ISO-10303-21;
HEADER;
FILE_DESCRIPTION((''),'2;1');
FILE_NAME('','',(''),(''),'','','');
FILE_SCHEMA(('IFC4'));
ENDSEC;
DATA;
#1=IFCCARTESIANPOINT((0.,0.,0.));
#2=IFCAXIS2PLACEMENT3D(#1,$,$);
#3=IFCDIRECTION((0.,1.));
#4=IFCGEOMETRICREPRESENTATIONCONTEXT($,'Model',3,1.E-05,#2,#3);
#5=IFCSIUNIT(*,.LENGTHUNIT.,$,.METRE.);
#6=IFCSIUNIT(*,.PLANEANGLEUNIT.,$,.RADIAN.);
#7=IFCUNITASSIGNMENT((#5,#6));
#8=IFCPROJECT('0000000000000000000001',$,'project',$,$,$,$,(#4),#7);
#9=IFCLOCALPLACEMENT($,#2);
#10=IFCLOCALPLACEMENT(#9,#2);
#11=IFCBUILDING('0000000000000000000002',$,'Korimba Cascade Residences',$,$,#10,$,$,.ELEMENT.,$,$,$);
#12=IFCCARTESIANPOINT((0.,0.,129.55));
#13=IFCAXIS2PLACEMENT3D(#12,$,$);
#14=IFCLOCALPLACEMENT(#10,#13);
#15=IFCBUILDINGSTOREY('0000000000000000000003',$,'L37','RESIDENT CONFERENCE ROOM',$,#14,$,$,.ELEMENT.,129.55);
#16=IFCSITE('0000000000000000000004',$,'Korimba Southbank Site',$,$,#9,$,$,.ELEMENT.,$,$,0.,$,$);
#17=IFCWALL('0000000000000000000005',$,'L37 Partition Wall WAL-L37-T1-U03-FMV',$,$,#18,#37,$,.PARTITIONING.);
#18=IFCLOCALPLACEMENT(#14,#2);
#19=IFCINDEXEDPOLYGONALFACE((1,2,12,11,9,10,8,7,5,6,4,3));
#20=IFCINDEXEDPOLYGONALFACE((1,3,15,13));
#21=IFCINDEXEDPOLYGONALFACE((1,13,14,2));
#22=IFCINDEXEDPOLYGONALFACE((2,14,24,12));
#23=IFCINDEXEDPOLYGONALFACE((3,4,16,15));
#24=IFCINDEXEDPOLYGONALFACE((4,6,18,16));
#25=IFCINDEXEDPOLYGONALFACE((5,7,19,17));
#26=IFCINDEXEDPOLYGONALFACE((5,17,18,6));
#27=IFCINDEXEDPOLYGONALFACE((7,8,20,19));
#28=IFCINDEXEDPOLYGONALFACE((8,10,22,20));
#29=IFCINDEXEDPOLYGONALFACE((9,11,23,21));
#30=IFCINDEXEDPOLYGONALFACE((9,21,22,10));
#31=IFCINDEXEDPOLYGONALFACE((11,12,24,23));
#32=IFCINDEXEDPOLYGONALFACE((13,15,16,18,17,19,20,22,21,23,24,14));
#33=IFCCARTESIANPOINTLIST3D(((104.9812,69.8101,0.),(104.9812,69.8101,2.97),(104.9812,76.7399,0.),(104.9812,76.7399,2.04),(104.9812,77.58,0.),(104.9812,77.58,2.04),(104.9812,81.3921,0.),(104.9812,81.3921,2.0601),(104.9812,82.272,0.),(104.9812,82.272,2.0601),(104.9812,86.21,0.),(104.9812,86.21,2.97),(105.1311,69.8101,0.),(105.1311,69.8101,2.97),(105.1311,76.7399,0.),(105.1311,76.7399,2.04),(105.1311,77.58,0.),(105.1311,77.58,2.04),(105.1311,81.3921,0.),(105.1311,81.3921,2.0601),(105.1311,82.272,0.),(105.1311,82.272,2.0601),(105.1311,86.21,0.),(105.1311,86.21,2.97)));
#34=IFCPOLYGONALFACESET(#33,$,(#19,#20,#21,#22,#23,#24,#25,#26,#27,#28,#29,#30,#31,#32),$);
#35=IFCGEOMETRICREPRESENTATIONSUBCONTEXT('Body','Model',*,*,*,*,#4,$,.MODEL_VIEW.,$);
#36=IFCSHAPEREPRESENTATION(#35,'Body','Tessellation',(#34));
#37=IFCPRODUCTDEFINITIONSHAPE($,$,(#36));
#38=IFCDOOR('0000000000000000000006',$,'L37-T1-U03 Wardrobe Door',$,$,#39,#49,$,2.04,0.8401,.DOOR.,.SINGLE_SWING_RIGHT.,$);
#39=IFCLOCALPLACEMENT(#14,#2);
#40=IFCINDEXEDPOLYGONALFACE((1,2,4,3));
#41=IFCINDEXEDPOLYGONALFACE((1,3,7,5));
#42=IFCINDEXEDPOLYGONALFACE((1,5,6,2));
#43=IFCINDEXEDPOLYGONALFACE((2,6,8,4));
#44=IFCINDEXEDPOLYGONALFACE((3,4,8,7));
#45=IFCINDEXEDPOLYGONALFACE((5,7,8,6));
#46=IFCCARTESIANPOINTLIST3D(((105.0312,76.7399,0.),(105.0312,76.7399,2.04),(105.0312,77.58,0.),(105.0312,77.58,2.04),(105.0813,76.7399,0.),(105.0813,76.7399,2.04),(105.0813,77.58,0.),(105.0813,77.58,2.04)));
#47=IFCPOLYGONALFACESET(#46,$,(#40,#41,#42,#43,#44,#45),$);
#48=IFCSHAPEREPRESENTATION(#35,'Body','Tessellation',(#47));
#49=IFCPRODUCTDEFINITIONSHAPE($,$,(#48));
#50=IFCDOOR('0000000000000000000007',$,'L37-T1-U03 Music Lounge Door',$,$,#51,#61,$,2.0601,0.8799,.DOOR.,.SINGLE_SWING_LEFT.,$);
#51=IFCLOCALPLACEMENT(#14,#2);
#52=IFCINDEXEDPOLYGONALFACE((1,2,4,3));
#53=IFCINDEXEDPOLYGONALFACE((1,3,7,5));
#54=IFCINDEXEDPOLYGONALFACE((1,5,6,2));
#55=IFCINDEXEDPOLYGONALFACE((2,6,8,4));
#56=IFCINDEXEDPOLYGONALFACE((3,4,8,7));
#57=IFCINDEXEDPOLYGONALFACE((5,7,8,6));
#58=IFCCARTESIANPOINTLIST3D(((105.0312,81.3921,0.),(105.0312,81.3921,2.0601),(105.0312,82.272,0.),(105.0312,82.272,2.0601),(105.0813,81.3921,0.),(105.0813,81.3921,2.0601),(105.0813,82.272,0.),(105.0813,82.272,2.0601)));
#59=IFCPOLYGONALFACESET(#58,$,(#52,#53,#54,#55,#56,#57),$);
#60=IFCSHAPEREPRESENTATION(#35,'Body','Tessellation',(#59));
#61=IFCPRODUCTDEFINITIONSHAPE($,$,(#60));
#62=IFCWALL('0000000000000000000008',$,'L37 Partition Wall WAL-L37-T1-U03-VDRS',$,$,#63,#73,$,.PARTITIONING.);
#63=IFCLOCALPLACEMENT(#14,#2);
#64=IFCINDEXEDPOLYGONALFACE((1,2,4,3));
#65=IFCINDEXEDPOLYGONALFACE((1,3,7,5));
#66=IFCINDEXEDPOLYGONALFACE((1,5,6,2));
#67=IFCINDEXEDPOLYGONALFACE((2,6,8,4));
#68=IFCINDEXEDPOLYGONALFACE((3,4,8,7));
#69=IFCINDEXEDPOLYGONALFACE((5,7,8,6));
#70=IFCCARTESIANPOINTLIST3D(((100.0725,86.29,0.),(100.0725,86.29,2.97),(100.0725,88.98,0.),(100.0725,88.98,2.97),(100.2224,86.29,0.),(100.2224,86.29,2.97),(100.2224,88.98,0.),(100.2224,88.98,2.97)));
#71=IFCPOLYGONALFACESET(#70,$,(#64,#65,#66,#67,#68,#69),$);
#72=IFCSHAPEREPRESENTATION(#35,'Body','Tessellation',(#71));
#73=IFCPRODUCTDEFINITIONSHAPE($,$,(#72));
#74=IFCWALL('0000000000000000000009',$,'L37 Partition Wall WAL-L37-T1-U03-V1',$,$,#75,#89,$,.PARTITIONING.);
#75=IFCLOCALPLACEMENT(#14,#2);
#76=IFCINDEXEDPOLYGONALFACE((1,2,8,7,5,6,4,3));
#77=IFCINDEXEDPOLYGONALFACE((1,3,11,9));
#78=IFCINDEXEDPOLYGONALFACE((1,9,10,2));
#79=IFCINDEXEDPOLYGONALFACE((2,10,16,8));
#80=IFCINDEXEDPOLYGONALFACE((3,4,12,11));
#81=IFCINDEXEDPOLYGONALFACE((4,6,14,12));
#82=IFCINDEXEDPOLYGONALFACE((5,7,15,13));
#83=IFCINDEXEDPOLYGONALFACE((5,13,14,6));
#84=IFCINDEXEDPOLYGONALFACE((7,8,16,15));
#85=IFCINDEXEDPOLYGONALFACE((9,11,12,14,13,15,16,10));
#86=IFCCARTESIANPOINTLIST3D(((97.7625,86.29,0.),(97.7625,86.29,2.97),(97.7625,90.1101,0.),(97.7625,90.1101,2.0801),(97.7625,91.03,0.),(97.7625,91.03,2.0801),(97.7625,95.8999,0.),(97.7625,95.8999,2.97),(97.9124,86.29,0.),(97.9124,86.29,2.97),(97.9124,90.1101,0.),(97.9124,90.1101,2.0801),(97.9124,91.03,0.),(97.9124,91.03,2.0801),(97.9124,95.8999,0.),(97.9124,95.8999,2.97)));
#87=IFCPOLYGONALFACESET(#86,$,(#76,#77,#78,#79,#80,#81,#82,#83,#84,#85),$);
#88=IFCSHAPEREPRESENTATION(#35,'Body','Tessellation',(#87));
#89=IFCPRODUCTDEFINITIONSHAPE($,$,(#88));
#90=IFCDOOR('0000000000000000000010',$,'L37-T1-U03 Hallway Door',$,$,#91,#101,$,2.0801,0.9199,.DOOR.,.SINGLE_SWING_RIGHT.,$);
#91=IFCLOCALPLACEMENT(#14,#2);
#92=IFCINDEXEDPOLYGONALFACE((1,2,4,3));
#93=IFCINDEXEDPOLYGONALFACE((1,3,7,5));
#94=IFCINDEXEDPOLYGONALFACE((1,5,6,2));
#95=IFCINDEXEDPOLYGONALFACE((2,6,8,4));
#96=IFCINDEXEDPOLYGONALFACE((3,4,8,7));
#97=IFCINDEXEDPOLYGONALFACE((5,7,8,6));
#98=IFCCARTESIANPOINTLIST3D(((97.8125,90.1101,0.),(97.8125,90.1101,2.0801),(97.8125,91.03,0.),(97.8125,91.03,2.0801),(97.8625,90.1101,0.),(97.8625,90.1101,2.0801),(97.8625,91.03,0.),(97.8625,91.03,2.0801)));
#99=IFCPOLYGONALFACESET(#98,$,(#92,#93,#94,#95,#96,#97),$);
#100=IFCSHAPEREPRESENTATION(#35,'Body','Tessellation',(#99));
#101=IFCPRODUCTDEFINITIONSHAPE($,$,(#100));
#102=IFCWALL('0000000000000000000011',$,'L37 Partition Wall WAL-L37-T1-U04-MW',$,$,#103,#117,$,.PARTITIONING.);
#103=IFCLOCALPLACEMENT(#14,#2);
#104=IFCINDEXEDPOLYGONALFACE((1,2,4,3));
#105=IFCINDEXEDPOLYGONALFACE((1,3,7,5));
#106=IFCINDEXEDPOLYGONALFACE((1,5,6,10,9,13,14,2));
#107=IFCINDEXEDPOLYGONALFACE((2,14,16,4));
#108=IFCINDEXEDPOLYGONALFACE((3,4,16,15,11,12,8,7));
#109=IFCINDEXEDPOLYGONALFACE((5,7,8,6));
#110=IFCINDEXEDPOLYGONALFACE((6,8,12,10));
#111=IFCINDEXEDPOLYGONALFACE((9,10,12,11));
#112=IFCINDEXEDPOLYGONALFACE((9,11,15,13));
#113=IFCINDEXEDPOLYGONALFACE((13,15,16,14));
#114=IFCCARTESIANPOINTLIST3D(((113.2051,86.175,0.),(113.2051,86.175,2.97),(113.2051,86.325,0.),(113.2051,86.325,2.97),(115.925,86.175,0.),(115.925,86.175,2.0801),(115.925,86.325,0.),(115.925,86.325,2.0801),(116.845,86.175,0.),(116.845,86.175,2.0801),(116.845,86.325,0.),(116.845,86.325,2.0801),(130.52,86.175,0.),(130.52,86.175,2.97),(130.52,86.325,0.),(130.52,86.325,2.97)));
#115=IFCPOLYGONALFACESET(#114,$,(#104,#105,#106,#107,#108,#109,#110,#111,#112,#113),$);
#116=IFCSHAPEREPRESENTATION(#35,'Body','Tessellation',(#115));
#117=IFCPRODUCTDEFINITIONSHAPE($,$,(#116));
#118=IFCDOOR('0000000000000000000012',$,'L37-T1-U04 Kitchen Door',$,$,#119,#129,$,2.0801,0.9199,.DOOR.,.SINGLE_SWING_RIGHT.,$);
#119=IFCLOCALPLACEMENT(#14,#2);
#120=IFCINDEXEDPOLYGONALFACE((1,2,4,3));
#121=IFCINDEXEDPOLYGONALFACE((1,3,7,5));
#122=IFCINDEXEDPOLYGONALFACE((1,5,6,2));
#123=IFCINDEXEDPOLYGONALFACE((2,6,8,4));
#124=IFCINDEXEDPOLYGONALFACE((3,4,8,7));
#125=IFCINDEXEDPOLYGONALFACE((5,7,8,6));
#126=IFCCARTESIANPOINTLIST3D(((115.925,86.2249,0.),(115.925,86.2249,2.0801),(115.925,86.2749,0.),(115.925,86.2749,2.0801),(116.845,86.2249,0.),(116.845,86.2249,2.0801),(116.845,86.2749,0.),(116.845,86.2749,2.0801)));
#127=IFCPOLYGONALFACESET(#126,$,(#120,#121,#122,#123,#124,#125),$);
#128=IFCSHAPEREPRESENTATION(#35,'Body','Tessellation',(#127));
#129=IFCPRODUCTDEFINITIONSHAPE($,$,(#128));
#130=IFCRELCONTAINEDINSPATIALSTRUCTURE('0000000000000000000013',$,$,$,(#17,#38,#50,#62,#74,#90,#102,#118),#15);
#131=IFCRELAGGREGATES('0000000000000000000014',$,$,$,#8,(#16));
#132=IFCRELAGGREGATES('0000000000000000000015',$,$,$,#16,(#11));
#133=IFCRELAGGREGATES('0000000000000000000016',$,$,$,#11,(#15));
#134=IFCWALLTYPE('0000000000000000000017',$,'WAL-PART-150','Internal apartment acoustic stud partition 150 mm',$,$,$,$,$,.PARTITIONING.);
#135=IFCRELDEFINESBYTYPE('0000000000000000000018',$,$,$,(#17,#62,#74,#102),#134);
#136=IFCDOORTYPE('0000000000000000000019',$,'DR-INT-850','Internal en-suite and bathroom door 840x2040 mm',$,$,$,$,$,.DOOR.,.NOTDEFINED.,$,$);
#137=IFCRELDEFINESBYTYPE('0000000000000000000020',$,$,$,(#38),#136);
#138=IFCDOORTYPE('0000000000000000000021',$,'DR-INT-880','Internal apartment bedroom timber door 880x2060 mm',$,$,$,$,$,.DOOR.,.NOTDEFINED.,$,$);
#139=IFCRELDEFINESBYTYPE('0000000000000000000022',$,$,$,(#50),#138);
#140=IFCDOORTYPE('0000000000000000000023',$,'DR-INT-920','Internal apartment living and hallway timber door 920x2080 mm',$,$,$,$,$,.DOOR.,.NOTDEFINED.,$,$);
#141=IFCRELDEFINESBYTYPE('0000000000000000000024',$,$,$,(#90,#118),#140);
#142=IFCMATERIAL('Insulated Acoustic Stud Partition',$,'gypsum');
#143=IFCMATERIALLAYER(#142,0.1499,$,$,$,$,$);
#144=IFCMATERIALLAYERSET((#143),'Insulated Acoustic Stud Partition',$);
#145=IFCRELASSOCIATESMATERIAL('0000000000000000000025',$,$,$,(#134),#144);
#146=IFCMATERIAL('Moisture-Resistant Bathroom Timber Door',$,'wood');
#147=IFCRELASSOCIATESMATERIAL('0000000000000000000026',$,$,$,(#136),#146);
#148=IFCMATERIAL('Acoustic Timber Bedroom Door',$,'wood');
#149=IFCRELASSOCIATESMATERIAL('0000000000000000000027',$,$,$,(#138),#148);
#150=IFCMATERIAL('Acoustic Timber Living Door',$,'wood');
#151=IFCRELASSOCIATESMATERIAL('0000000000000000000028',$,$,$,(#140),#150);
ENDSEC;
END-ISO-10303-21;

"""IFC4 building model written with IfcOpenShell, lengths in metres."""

from ifc_helpers import new_model, si_unit, direction, frame, frame_2d, origin, place, context, subcontext, project, spatial, rectangle, extrude, material, layer, layer_set, type_object, element, fill, save


model = new_model("IFC4")

# Units and contexts
model_context = context("Model", 3, precision=1e-05, world=origin(), true_north=direction((0.0, 1.0)))
body_context = subcontext(model_context, "Body", "Model", "MODEL_VIEW")
ifc_project = project(units=[si_unit("LENGTHUNIT", "METRE"), si_unit("PLANEANGLEUNIT", "RADIAN")], contexts=[model_context])

# Site, building, storey
site_placement = place(None, origin())
site = spatial("IfcSite", under=ifc_project, at=site_placement, Name="Korimba Southbank Site", CompositionType="ELEMENT", RefElevation=0.0)
building_placement = place(site_placement, origin())
building = spatial("IfcBuilding", under=site, at=building_placement, Name="Korimba Cascade Residences", CompositionType="ELEMENT")
storey_placement = place(building_placement, frame((0.0, 0.0, 129.55)))
storey = spatial("IfcBuildingStorey", under=building, at=storey_placement, Name="L37", Description="RESIDENT CONFERENCE ROOM", CompositionType="ELEMENT", Elevation=129.55)

# Wall, openings, doors
ifc_material_1 = material(Name="Insulated Acoustic Stud Partition", Category="gypsum")
ifc_layer_1 = layer(ifc_material_1, 0.1499)
ifc_layer_set_1 = layer_set([ifc_layer_1], Name="Insulated Acoustic Stud Partition")
wall_type_1 = type_object("IfcWallType", Name="WAL-PART-150", Description="Internal apartment acoustic stud partition 150 mm", PredefinedType="PARTITIONING", material=ifc_layer_set_1)
wall_1_placement = place(storey_placement, frame((105.0562, 69.8101, 0.0), z_axis=(0.0, 0.0, 1.0), x_axis=(0.0, 1.0, 0.0)))
wall_1 = element("IfcWall", 1, at=wall_1_placement, inside=storey, type_object=wall_type_1, Name="L37 Partition Wall WAL-L37-T1-U03-FMV", PredefinedType="PARTITIONING", context=body_context, shape_type="SweptSolid", body=[
    extrude(rectangle(XDim=16.3999, YDim=0.1499, at=frame_2d((8.2, 0.0))), origin(), (0.0, 0.0, 1.0), 2.97),
])
opening_1_placement = place(wall_1_placement, frame((6.9299, 0.0, 0.0)))
opening_1 = element("IfcOpeningElement", 2, at=opening_1_placement, cuts=wall_1, PredefinedType="OPENING", context=body_context, shape_type="SweptSolid", body=[
    extrude(rectangle(XDim=0.8401, YDim=2.04, at=frame_2d((0.4199, 1.02))), frame((0.0, 0.085, 0.0), z_axis=(0.0, -1.0, 0.0), x_axis=(1.0, 0.0, 0.0)), (0.0, 0.0, 1.0), 0.1699),
])
opening_2_placement = place(wall_1_placement, frame((11.582, 0.0, 0.0)))
opening_2 = element("IfcOpeningElement", 3, at=opening_2_placement, cuts=wall_1, PredefinedType="OPENING", context=body_context, shape_type="SweptSolid", body=[
    extrude(rectangle(XDim=0.8799, YDim=2.0601, at=frame_2d((0.4399, 1.03))), frame((0.0, 0.085, 0.0), z_axis=(0.0, -1.0, 0.0), x_axis=(1.0, 0.0, 0.0)), (0.0, 0.0, 1.0), 0.1699),
])
ifc_material_2 = material(Name="Moisture-Resistant Bathroom Timber Door", Category="wood")
door_type_1 = type_object("IfcDoorType", Name="DR-INT-850", Description="Internal en-suite and bathroom door 840x2040 mm", OperationType="NOTDEFINED", PredefinedType="DOOR", material=ifc_material_2)
door_1_placement = place(opening_1_placement, origin())
door_1 = element("IfcDoor", 4, at=door_1_placement, inside=storey, type_object=door_type_1, Name="L37-T1-U03 Wardrobe Door", OperationType="SINGLE_SWING_RIGHT", OverallHeight=2.04, OverallWidth=0.8401, PredefinedType="DOOR", context=body_context, shape_type="SweptSolid", body=[
    extrude(rectangle(XDim=0.8401, YDim=2.04, at=frame_2d((0.4199, 1.02))), frame((0.0, 0.0249, 0.0), z_axis=(0.0, -1.0, 0.0), x_axis=(1.0, 0.0, 0.0)), (0.0, 0.0, 1.0), 0.05),
])
fill(opening_1, door_1)
ifc_material_3 = material(Name="Acoustic Timber Bedroom Door", Category="wood")
door_type_2 = type_object("IfcDoorType", Name="DR-INT-880", Description="Internal apartment bedroom timber door 880x2060 mm", OperationType="NOTDEFINED", PredefinedType="DOOR", material=ifc_material_3)
door_2_placement = place(opening_2_placement, origin())
door_2 = element("IfcDoor", 5, at=door_2_placement, inside=storey, type_object=door_type_2, Name="L37-T1-U03 Music Lounge Door", OperationType="SINGLE_SWING_LEFT", OverallHeight=2.0601, OverallWidth=0.8799, PredefinedType="DOOR", context=body_context, shape_type="SweptSolid", body=[
    extrude(rectangle(XDim=0.8799, YDim=2.0601, at=frame_2d((0.4399, 1.03))), frame((0.0, 0.0249, 0.0), z_axis=(0.0, -1.0, 0.0), x_axis=(1.0, 0.0, 0.0)), (0.0, 0.0, 1.0), 0.05),
])
fill(opening_2, door_2)

# Wall
wall_2_placement = place(storey_placement, frame((100.1475, 86.29, 0.0), z_axis=(0.0, 0.0, 1.0), x_axis=(0.0, 1.0, 0.0)))
element("IfcWall", 6, at=wall_2_placement, inside=storey, type_object=wall_type_1, Name="L37 Partition Wall WAL-L37-T1-U03-VDRS", PredefinedType="PARTITIONING", context=body_context, shape_type="SweptSolid", body=[
    extrude(rectangle(XDim=2.6899, YDim=0.1499, at=frame_2d((1.345, 0.0))), origin(), (0.0, 0.0, 1.0), 2.97),
])

# Walls, openings, doors
wall_3_placement = place(storey_placement, frame((97.8374, 86.29, 0.0), z_axis=(0.0, 0.0, 1.0), x_axis=(0.0, 1.0, 0.0)))
wall_3 = element("IfcWall", 7, at=wall_3_placement, inside=storey, type_object=wall_type_1, Name="L37 Partition Wall WAL-L37-T1-U03-V1", PredefinedType="PARTITIONING", context=body_context, shape_type="SweptSolid", body=[
    extrude(rectangle(XDim=9.6099, YDim=0.1499, at=frame_2d((4.8049, 0.0))), origin(), (0.0, 0.0, 1.0), 2.97),
])
opening_3_placement = place(wall_3_placement, frame((3.8201, 0.0, 0.0)))
opening_3 = element("IfcOpeningElement", 8, at=opening_3_placement, cuts=wall_3, PredefinedType="OPENING", context=body_context, shape_type="SweptSolid", body=[
    extrude(rectangle(XDim=0.9199, YDim=2.0801, at=frame_2d((0.46, 1.04))), frame((0.0, 0.085, 0.0), z_axis=(0.0, -1.0, 0.0), x_axis=(1.0, 0.0, 0.0)), (0.0, 0.0, 1.0), 0.1699),
])
ifc_material_4 = material(Name="Acoustic Timber Living Door", Category="wood")
door_type_3 = type_object("IfcDoorType", Name="DR-INT-920", Description="Internal apartment living and hallway timber door 920x2080 mm", OperationType="NOTDEFINED", PredefinedType="DOOR", material=ifc_material_4)
door_3_placement = place(opening_3_placement, origin())
door_3 = element("IfcDoor", 9, at=door_3_placement, inside=storey, type_object=door_type_3, Name="L37-T1-U03 Hallway Door", OperationType="SINGLE_SWING_RIGHT", OverallHeight=2.0801, OverallWidth=0.9199, PredefinedType="DOOR", context=body_context, shape_type="SweptSolid", body=[
    extrude(rectangle(XDim=0.9199, YDim=2.0801, at=frame_2d((0.46, 1.04))), frame((0.0, 0.0249, 0.0), z_axis=(0.0, -1.0, 0.0), x_axis=(1.0, 0.0, 0.0)), (0.0, 0.0, 1.0), 0.05),
])
fill(opening_3, door_3)
wall_4_placement = place(storey_placement, frame((113.2051, 86.25, 0.0), z_axis=(0.0, 0.0, 1.0), x_axis=(1.0, 0.0, 0.0)))
wall_4 = element("IfcWall", 10, at=wall_4_placement, inside=storey, type_object=wall_type_1, Name="L37 Partition Wall WAL-L37-T1-U04-MW", PredefinedType="PARTITIONING", context=body_context, shape_type="SweptSolid", body=[
    extrude(rectangle(XDim=17.3149, YDim=0.1499, at=frame_2d((8.6575, 0.0))), origin(), (0.0, 0.0, 1.0), 2.97),
])
opening_4_placement = place(wall_4_placement, frame((2.72, 0.0, 0.0)))
opening_4 = element("IfcOpeningElement", 11, at=opening_4_placement, cuts=wall_4, PredefinedType="OPENING", context=body_context, shape_type="SweptSolid", body=[
    extrude(rectangle(XDim=0.9199, YDim=2.0801, at=frame_2d((0.46, 1.04))), frame((0.0, 0.085, 0.0), z_axis=(0.0, -1.0, 0.0), x_axis=(1.0, 0.0, 0.0)), (0.0, 0.0, 1.0), 0.1699),
])
door_4_placement = place(opening_4_placement, origin())
door_4 = element("IfcDoor", 12, at=door_4_placement, inside=storey, type_object=door_type_3, Name="L37-T1-U04 Kitchen Door", OperationType="SINGLE_SWING_RIGHT", OverallHeight=2.0801, OverallWidth=0.9199, PredefinedType="DOOR", context=body_context, shape_type="SweptSolid", body=[
    extrude(rectangle(XDim=0.9199, YDim=2.0801, at=frame_2d((0.46, 1.04))), frame((0.0, 0.0249, 0.0), z_axis=(0.0, -1.0, 0.0), x_axis=(1.0, 0.0, 0.0)), (0.0, 0.0, 1.0), 0.05),
])
fill(opening_4, door_4)

save(model, "model.ifc")
